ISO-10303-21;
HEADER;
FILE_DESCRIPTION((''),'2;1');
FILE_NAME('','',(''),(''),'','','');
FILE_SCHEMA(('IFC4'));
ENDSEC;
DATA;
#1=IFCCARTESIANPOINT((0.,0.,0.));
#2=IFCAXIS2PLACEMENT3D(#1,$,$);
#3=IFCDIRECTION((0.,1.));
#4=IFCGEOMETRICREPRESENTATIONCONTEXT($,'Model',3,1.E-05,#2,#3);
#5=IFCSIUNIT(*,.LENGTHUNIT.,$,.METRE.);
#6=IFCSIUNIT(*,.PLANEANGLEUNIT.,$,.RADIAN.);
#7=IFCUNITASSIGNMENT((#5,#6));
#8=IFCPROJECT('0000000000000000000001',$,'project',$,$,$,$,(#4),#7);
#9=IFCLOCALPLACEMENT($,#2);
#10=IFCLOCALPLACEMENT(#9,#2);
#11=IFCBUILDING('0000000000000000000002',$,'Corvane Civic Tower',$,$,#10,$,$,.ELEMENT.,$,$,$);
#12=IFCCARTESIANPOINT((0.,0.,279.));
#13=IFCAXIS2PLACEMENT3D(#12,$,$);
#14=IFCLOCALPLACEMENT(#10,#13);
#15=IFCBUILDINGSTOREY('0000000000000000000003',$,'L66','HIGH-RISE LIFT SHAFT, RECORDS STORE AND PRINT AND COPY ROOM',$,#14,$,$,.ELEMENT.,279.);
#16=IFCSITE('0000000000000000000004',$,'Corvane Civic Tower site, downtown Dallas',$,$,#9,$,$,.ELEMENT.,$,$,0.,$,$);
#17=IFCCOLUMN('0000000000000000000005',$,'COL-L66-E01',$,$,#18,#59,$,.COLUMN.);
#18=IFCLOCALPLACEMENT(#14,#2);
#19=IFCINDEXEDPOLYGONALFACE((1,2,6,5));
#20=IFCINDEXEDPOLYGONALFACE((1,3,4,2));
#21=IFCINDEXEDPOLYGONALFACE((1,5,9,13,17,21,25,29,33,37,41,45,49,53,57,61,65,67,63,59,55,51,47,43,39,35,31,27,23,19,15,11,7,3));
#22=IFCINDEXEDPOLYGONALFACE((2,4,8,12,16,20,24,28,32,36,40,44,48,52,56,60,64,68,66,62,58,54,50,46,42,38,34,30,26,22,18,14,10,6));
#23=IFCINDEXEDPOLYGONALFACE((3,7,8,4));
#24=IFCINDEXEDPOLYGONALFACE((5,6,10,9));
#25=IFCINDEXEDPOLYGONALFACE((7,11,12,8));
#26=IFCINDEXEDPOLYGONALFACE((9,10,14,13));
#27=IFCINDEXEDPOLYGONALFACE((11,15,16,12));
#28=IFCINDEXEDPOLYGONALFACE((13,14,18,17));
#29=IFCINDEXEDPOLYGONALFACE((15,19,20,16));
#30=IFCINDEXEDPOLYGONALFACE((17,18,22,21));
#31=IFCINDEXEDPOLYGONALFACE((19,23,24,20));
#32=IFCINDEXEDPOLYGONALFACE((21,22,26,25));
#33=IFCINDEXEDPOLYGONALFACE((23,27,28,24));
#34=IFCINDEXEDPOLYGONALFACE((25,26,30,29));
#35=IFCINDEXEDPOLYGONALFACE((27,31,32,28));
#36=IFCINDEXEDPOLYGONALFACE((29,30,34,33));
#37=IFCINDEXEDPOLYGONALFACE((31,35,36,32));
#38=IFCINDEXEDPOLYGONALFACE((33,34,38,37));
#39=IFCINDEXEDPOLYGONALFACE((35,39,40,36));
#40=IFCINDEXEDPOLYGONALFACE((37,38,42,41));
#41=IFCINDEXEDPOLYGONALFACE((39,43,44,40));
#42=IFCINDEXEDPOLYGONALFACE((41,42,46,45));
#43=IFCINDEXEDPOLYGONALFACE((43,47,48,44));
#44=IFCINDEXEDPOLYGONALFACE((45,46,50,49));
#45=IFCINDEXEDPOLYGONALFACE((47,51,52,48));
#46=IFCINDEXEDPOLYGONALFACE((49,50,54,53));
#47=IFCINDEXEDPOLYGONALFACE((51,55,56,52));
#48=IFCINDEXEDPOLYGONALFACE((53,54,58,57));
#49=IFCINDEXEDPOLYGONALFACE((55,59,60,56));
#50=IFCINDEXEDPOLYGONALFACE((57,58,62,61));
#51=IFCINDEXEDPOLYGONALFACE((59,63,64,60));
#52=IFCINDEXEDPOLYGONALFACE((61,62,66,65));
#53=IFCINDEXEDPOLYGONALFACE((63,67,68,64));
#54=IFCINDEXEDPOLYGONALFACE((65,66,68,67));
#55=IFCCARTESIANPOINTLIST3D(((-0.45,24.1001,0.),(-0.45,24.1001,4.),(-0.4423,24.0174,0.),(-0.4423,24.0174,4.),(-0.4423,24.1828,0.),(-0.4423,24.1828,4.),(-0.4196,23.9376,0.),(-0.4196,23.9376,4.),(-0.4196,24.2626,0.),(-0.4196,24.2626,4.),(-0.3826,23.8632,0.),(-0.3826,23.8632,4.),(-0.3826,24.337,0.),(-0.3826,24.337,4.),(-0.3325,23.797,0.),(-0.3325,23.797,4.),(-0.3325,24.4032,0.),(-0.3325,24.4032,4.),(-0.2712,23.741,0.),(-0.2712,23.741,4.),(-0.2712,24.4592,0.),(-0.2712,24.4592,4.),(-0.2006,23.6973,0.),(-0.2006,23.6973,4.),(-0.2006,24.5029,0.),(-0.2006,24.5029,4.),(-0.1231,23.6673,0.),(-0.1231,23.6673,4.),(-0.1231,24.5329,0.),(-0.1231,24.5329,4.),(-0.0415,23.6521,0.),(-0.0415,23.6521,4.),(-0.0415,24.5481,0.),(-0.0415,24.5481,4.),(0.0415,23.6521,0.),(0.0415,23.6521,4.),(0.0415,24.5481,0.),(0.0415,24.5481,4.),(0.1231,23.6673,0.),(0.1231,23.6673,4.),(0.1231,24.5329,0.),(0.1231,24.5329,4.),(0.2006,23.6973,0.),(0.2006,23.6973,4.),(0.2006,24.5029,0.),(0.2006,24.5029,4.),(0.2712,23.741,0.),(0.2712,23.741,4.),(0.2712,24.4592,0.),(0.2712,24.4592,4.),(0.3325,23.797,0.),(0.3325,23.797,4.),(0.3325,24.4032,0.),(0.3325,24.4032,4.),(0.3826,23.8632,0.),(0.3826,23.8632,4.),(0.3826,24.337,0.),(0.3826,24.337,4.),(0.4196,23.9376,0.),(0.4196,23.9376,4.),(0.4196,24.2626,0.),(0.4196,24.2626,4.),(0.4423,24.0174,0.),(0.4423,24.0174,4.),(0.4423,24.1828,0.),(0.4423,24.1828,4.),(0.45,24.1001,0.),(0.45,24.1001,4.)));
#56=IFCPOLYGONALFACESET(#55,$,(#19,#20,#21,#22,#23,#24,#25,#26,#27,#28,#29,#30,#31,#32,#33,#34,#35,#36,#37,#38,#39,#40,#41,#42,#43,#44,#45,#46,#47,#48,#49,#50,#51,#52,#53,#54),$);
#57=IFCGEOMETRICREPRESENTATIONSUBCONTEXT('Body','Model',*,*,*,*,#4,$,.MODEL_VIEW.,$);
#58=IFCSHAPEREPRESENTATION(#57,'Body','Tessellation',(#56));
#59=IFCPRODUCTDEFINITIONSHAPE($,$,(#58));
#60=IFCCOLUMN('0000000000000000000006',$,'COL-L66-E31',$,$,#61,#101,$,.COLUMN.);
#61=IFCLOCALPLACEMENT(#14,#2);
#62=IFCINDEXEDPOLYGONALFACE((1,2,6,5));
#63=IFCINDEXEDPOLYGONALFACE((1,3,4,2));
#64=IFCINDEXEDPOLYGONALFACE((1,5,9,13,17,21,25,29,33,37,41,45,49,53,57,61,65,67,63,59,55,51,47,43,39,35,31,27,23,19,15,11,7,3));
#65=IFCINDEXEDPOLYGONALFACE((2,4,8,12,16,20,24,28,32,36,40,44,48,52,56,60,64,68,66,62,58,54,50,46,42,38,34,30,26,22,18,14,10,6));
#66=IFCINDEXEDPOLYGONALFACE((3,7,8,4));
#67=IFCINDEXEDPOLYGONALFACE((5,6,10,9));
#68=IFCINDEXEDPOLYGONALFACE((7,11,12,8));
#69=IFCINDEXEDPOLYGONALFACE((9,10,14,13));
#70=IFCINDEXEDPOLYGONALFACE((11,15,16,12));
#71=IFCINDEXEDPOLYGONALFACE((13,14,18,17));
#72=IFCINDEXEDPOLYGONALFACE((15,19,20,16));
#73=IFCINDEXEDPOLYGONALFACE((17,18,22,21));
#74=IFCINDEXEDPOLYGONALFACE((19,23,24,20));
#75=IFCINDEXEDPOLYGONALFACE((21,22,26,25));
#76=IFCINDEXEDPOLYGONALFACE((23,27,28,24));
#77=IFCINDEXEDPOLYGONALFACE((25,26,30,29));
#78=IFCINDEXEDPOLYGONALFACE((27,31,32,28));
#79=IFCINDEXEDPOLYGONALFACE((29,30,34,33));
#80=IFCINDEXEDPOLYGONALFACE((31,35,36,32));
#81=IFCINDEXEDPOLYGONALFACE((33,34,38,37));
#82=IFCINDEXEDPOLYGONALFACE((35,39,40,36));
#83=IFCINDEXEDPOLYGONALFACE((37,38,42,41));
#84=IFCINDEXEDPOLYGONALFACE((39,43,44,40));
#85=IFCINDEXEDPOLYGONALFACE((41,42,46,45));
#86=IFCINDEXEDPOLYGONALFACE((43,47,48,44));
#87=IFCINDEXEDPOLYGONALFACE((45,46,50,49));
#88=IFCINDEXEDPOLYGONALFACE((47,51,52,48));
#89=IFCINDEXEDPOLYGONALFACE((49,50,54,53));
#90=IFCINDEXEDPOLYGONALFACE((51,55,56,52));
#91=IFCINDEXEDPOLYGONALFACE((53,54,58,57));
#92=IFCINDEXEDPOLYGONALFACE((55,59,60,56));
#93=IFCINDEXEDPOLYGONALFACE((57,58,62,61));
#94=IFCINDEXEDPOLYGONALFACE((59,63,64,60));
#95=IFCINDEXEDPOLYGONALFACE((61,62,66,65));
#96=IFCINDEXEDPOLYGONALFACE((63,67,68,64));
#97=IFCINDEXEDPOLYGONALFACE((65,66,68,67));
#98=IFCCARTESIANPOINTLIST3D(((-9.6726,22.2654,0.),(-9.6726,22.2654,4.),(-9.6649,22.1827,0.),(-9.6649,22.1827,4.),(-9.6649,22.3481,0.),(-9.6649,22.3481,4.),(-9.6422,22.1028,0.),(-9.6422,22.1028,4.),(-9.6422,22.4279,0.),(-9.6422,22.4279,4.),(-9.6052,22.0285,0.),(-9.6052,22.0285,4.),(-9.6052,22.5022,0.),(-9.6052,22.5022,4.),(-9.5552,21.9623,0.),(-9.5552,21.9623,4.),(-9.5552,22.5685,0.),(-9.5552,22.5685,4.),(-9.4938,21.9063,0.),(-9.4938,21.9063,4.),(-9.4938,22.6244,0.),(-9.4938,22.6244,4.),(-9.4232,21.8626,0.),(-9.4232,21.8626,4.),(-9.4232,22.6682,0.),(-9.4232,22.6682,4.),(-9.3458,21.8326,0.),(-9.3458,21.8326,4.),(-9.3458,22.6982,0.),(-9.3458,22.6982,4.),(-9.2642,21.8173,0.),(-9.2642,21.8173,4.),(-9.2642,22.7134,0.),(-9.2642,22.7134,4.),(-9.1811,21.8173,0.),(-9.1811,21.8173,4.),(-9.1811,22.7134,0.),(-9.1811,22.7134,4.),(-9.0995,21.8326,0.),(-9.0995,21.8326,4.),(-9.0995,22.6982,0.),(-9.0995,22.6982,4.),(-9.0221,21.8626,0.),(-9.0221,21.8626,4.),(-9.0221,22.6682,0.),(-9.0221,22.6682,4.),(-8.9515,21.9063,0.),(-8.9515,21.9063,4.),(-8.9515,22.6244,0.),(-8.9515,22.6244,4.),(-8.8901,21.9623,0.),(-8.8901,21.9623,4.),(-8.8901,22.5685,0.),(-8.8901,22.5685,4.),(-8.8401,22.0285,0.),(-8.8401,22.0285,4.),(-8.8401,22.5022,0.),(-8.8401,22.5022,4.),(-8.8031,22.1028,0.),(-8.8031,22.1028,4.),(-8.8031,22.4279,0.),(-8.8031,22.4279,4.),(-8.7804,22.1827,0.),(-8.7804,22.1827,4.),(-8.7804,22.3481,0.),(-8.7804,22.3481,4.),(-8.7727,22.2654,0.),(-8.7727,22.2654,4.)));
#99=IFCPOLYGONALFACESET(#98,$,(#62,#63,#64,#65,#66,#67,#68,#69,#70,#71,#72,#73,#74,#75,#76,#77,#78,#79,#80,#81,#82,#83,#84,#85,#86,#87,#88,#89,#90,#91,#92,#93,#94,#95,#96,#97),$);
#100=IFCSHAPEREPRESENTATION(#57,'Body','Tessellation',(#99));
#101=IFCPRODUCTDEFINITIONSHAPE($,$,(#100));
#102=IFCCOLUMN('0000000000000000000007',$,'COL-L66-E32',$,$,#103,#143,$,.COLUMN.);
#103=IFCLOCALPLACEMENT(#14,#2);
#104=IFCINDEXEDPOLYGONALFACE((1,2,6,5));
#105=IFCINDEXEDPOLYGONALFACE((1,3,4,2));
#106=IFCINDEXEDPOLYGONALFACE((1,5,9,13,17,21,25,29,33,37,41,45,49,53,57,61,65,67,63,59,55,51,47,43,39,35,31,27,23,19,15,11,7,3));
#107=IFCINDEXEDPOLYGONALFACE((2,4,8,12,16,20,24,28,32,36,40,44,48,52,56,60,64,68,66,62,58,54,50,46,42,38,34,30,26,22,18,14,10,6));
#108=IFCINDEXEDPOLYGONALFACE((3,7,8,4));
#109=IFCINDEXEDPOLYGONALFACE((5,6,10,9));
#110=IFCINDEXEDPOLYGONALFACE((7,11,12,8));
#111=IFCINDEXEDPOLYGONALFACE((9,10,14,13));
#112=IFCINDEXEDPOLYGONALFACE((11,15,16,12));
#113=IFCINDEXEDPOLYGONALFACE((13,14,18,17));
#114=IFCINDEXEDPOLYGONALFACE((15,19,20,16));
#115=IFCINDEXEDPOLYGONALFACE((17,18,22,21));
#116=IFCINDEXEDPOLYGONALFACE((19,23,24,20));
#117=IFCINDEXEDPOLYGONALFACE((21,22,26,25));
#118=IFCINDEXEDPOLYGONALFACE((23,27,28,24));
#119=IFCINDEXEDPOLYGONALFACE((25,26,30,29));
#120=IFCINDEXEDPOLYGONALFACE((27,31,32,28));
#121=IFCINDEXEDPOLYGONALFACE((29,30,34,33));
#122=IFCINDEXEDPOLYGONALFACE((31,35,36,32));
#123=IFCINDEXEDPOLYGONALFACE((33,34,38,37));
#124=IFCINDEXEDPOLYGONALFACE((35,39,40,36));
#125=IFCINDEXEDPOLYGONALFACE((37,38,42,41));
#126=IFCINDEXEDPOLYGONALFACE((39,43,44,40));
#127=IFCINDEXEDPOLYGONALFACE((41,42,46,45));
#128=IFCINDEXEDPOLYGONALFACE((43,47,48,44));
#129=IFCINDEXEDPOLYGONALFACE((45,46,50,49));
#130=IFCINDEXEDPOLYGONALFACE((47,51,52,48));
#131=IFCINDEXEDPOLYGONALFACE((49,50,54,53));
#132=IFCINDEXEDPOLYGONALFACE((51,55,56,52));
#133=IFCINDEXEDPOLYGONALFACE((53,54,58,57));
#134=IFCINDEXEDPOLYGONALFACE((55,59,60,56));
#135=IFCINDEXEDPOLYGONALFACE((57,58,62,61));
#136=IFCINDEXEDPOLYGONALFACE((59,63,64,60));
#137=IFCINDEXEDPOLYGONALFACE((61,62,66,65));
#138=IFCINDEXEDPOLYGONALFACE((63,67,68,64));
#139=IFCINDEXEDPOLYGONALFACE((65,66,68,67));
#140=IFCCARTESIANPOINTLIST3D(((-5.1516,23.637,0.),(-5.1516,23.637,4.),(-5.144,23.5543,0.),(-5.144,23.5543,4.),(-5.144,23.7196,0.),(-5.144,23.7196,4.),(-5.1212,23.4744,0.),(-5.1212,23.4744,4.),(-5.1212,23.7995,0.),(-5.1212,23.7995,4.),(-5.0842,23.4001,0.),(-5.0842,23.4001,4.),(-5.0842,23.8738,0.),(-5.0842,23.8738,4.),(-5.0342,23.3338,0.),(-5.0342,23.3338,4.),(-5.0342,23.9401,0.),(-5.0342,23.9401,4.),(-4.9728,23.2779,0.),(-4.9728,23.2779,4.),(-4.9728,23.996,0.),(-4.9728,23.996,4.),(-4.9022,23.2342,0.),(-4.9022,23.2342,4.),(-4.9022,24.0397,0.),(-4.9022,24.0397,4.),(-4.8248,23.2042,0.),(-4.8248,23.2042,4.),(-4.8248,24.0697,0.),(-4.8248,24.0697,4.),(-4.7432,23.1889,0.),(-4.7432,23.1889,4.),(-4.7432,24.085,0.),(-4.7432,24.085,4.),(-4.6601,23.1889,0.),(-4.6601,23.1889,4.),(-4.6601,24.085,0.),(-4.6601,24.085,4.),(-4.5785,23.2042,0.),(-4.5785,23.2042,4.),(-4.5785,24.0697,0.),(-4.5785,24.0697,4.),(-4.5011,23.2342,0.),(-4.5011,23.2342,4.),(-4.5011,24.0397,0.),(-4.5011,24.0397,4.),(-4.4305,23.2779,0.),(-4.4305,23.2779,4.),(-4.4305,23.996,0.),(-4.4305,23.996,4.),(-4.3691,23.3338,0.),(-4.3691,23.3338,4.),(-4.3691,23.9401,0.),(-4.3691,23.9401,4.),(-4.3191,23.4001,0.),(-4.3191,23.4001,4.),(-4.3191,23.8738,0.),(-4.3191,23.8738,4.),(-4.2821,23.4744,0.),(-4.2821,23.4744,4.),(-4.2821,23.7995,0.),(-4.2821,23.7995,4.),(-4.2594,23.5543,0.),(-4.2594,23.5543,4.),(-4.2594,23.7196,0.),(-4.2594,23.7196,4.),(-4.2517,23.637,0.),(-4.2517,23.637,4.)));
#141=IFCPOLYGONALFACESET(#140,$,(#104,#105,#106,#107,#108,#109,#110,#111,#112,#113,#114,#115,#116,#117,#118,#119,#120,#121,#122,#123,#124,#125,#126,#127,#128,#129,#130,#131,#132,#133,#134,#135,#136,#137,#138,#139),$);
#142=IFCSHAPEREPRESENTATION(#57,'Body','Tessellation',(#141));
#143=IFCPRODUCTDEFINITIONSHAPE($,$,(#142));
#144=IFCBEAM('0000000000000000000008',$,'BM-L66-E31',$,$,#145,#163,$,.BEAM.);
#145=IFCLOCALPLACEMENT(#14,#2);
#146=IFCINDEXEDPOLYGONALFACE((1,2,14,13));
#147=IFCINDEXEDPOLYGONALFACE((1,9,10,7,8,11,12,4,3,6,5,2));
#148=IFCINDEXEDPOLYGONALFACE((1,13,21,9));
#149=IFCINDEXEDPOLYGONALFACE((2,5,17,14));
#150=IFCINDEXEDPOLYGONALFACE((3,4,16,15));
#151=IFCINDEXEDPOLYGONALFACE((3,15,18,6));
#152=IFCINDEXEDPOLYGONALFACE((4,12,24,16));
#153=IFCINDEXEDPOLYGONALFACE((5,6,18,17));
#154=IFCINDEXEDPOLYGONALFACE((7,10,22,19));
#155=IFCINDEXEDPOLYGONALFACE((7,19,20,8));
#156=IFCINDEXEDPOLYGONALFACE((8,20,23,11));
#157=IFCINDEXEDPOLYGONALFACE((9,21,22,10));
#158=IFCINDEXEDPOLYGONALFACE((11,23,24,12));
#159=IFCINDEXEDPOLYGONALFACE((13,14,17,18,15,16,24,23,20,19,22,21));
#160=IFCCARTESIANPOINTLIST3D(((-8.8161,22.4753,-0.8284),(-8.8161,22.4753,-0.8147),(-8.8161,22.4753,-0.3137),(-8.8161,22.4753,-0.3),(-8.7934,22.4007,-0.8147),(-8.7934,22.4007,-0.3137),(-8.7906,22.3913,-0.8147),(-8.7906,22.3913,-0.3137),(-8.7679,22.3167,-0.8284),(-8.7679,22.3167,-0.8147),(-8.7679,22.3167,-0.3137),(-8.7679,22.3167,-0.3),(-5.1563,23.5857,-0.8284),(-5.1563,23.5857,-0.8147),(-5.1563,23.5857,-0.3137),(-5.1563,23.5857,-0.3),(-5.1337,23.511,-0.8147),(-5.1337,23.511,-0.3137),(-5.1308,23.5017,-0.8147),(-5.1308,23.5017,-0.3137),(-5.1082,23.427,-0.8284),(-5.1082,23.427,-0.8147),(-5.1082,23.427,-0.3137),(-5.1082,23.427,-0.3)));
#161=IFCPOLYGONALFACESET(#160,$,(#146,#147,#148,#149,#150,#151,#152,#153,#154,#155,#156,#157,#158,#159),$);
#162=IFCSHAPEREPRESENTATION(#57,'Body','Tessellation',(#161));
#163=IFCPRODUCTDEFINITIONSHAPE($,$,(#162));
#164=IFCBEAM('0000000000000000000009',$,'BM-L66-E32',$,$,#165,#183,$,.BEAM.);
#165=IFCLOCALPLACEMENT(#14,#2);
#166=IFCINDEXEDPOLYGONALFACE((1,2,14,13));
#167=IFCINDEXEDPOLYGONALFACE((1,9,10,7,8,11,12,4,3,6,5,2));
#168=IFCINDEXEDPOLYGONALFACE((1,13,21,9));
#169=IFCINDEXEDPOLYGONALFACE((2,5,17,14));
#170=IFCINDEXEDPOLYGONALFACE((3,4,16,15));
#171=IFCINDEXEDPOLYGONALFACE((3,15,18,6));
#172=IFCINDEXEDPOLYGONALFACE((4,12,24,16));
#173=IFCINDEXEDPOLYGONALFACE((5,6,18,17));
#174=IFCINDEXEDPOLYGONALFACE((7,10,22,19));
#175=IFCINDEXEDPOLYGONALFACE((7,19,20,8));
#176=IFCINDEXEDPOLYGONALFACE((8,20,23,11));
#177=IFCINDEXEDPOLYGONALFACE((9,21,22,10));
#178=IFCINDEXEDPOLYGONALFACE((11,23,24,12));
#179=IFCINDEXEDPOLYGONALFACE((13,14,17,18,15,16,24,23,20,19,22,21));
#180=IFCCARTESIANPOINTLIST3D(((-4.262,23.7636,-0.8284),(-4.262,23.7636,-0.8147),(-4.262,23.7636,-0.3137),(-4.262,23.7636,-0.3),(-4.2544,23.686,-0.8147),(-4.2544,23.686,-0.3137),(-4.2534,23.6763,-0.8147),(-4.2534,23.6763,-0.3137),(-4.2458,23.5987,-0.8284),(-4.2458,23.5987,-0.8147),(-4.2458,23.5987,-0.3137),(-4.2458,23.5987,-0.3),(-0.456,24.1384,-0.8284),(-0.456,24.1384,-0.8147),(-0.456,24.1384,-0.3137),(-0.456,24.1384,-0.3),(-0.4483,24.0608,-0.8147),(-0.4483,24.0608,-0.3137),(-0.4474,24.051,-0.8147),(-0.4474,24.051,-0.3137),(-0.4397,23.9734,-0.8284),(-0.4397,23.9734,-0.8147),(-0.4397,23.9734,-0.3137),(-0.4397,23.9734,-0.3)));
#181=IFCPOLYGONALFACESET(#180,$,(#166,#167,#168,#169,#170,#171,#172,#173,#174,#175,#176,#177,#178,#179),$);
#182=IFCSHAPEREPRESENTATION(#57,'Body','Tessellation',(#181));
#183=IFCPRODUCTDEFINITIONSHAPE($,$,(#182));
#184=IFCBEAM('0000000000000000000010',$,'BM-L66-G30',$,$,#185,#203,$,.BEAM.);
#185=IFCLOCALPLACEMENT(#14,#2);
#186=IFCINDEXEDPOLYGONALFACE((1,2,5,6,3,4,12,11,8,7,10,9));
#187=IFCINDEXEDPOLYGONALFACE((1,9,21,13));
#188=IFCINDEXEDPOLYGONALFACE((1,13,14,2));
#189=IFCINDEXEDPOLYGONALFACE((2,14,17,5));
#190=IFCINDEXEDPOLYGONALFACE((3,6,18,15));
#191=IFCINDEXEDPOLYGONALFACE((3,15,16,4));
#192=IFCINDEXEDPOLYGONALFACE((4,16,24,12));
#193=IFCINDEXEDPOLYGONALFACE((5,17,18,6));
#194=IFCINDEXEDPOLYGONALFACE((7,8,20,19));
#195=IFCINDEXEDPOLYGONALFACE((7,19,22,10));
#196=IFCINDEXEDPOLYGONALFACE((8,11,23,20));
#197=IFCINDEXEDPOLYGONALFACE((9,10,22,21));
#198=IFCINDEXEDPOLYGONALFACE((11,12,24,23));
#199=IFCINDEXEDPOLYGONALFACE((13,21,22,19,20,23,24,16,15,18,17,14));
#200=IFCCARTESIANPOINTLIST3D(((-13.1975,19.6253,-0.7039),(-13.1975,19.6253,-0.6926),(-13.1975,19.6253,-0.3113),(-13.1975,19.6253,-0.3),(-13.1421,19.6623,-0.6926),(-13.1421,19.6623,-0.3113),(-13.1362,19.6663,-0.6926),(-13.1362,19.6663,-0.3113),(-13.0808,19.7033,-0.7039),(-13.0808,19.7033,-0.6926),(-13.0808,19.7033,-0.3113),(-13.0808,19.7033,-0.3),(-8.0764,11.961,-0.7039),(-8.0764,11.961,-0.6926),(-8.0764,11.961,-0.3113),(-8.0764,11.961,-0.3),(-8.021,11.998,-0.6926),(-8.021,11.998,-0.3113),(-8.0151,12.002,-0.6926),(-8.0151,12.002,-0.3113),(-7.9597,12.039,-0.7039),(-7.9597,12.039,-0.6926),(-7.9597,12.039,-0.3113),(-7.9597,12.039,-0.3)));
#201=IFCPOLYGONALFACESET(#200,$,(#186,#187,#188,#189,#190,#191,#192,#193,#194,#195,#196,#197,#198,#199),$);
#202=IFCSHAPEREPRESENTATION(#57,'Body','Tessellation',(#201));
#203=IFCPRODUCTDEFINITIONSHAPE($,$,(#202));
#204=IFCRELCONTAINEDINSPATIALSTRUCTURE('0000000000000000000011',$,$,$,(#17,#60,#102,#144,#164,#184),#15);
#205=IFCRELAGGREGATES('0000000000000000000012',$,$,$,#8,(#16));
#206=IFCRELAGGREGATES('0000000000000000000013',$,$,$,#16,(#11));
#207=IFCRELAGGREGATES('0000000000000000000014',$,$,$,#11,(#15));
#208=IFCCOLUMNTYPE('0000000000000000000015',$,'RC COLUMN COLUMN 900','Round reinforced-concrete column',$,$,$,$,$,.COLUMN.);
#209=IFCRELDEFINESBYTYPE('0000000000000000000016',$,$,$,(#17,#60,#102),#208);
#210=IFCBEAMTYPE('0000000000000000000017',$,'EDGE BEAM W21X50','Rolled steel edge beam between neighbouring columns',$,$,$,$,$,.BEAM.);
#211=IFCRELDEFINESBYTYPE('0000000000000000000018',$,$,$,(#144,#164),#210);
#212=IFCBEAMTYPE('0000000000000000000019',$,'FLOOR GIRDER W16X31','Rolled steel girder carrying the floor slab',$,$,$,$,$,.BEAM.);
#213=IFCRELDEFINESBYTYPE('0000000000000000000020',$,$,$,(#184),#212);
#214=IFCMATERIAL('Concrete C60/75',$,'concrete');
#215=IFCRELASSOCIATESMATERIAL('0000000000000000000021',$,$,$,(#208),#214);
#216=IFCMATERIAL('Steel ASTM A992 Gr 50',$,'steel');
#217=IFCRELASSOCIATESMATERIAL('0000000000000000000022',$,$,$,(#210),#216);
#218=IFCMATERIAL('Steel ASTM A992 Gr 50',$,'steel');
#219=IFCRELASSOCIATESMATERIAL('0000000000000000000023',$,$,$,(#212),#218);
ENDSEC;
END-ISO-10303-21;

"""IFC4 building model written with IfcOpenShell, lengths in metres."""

from ifc_helpers import new_model, si_unit, direction, frame, origin, origin_2d, place, context, subcontext, project, spatial, circle, i_section, extrude, material, material_profile, profile_set, type_object, element, save


model = new_model("IFC4")

# Units and contexts
model_context = context("Model", 3, precision=1e-05, world=origin(), true_north=direction((0.0, 1.0)))
body_context = subcontext(model_context, "Body", "Model", "MODEL_VIEW")
ifc_project = project(units=[si_unit("LENGTHUNIT", "METRE"), si_unit("PLANEANGLEUNIT", "RADIAN")], contexts=[model_context])

# Site, building, storey
site_placement = place(None, origin())
site = spatial("IfcSite", under=ifc_project, at=site_placement, Name="Corvane Civic Tower site, downtown Dallas", CompositionType="ELEMENT", RefElevation=0.0)
building_placement = place(site_placement, origin())
building = spatial("IfcBuilding", under=site, at=building_placement, Name="Corvane Civic Tower", CompositionType="ELEMENT")
storey_placement = place(building_placement, frame((0.0, 0.0, 279.0)))
storey = spatial("IfcBuildingStorey", under=building, at=storey_placement, Name="L66", Description="HIGH-RISE LIFT SHAFT, RECORDS STORE AND PRINT AND COPY ROOM", CompositionType="ELEMENT", Elevation=279.0)

# Columns
ifc_material_1 = material(Name="Concrete C60/75", Category="concrete")
ifc_material_profile_1 = material_profile(ifc_material_1, circle(Radius=0.45, at=origin_2d()), Name="COLUMN 900")
ifc_profile_set_1 = profile_set([ifc_material_profile_1], Name="Concrete C60/75")
column_type = type_object("IfcColumnType", Name="RC COLUMN COLUMN 900", Description="Round reinforced-concrete column", PredefinedType="COLUMN", material=ifc_profile_set_1)
for number, where, z_axis, x_axis, name in (
    (1, (0.0, 24.1001, 0.0), (0.0, 0.0, 1.0), (1.0, 0.0, 0.0), "COL-L66-E01"),
    (2, (-9.2227, 22.2654, 0.0), (0.0, 0.0, 1.0), (1.0, 0.0, 0.0), "COL-L66-E31"),
    (3, (-4.7017, 23.637, 0.0), (0.0, 0.0, 1.0), (1.0, 0.0, 0.0), "COL-L66-E32"),
):
    element("IfcColumn", number, at=place(storey_placement, frame(where, z_axis=z_axis, x_axis=x_axis)), inside=storey, type_object=column_type, Name=name, PredefinedType="COLUMN", context=body_context, shape_type="SweptSolid", body=[
        extrude(circle(Radius=0.45, at=origin_2d()), origin(), (0.0, 0.0, 1.0), 4.0),
    ])

# Beams
ifc_material_2 = material(Name="Steel ASTM A992 Gr 50", Category="steel")
ifc_material_profile_2 = material_profile(ifc_material_2, i_section(OverallWidth=0.1658, OverallDepth=0.5283, WebThickness=0.0098, FlangeThickness=0.0137, at=origin_2d()), Name="W21X50")
ifc_profile_set_2 = profile_set([ifc_material_profile_2], Name="Steel ASTM A992 Gr 50")
beam_type_1 = type_object("IfcBeamType", Name="EDGE BEAM W21X50", Description="Rolled steel edge beam between neighbouring columns", PredefinedType="BEAM", material=ifc_profile_set_2)
for number, where, z_axis, x_axis, name in (
    (4, (-8.792, 22.396, -0.5642), (0.956926, 0.290333, 0.0), (-0.290333, 0.956926, 0.0), "BM-L66-E31"),
    (5, (-4.2539, 23.6812, -0.5642), (0.995188, 0.097987, 0.0), (-0.097987, 0.995188, 0.0), "BM-L66-E32"),
):
    element("IfcBeam", number, at=place(storey_placement, frame(where, z_axis=z_axis, x_axis=x_axis)), inside=storey, type_object=beam_type_1, Name=name, PredefinedType="BEAM", context=body_context, shape_type="SweptSolid", body=[
        extrude(i_section(OverallWidth=0.1658, OverallDepth=0.5283, WebThickness=0.0098, FlangeThickness=0.0137, at=origin_2d()), origin(), (0.0, 0.0, 1.0), 3.8245),
    ])
ifc_material_3 = material(Name="Steel ASTM A992 Gr 50", Category="steel")
ifc_material_profile_3 = material_profile(ifc_material_3, i_section(OverallWidth=0.1404, OverallDepth=0.4038, WebThickness=0.0071, FlangeThickness=0.0112, at=origin_2d()), Name="W16X31")
ifc_profile_set_3 = profile_set([ifc_material_profile_3], Name="Steel ASTM A992 Gr 50")
beam_type_2 = type_object("IfcBeamType", Name="FLOOR GIRDER W16X31", Description="Rolled steel girder carrying the floor slab", PredefinedType="BEAM", material=ifc_profile_set_3)
beam_1_placement = place(storey_placement, frame((-8.0181, 12.0, -0.502), z_axis=(-0.555568, 0.831471, 0.0), x_axis=(-0.831471, -0.555568, 0.0)))
element("IfcBeam", 6, at=beam_1_placement, inside=storey, type_object=beam_type_2, Name="BM-L66-G30", PredefinedType="BEAM", context=body_context, shape_type="SweptSolid", body=[
    extrude(i_section(OverallWidth=0.1404, OverallDepth=0.4038, WebThickness=0.0071, FlangeThickness=0.0112, at=origin_2d()), origin(), (0.0, 0.0, 1.0), 9.2178),
])

save(model, "model.ifc")
